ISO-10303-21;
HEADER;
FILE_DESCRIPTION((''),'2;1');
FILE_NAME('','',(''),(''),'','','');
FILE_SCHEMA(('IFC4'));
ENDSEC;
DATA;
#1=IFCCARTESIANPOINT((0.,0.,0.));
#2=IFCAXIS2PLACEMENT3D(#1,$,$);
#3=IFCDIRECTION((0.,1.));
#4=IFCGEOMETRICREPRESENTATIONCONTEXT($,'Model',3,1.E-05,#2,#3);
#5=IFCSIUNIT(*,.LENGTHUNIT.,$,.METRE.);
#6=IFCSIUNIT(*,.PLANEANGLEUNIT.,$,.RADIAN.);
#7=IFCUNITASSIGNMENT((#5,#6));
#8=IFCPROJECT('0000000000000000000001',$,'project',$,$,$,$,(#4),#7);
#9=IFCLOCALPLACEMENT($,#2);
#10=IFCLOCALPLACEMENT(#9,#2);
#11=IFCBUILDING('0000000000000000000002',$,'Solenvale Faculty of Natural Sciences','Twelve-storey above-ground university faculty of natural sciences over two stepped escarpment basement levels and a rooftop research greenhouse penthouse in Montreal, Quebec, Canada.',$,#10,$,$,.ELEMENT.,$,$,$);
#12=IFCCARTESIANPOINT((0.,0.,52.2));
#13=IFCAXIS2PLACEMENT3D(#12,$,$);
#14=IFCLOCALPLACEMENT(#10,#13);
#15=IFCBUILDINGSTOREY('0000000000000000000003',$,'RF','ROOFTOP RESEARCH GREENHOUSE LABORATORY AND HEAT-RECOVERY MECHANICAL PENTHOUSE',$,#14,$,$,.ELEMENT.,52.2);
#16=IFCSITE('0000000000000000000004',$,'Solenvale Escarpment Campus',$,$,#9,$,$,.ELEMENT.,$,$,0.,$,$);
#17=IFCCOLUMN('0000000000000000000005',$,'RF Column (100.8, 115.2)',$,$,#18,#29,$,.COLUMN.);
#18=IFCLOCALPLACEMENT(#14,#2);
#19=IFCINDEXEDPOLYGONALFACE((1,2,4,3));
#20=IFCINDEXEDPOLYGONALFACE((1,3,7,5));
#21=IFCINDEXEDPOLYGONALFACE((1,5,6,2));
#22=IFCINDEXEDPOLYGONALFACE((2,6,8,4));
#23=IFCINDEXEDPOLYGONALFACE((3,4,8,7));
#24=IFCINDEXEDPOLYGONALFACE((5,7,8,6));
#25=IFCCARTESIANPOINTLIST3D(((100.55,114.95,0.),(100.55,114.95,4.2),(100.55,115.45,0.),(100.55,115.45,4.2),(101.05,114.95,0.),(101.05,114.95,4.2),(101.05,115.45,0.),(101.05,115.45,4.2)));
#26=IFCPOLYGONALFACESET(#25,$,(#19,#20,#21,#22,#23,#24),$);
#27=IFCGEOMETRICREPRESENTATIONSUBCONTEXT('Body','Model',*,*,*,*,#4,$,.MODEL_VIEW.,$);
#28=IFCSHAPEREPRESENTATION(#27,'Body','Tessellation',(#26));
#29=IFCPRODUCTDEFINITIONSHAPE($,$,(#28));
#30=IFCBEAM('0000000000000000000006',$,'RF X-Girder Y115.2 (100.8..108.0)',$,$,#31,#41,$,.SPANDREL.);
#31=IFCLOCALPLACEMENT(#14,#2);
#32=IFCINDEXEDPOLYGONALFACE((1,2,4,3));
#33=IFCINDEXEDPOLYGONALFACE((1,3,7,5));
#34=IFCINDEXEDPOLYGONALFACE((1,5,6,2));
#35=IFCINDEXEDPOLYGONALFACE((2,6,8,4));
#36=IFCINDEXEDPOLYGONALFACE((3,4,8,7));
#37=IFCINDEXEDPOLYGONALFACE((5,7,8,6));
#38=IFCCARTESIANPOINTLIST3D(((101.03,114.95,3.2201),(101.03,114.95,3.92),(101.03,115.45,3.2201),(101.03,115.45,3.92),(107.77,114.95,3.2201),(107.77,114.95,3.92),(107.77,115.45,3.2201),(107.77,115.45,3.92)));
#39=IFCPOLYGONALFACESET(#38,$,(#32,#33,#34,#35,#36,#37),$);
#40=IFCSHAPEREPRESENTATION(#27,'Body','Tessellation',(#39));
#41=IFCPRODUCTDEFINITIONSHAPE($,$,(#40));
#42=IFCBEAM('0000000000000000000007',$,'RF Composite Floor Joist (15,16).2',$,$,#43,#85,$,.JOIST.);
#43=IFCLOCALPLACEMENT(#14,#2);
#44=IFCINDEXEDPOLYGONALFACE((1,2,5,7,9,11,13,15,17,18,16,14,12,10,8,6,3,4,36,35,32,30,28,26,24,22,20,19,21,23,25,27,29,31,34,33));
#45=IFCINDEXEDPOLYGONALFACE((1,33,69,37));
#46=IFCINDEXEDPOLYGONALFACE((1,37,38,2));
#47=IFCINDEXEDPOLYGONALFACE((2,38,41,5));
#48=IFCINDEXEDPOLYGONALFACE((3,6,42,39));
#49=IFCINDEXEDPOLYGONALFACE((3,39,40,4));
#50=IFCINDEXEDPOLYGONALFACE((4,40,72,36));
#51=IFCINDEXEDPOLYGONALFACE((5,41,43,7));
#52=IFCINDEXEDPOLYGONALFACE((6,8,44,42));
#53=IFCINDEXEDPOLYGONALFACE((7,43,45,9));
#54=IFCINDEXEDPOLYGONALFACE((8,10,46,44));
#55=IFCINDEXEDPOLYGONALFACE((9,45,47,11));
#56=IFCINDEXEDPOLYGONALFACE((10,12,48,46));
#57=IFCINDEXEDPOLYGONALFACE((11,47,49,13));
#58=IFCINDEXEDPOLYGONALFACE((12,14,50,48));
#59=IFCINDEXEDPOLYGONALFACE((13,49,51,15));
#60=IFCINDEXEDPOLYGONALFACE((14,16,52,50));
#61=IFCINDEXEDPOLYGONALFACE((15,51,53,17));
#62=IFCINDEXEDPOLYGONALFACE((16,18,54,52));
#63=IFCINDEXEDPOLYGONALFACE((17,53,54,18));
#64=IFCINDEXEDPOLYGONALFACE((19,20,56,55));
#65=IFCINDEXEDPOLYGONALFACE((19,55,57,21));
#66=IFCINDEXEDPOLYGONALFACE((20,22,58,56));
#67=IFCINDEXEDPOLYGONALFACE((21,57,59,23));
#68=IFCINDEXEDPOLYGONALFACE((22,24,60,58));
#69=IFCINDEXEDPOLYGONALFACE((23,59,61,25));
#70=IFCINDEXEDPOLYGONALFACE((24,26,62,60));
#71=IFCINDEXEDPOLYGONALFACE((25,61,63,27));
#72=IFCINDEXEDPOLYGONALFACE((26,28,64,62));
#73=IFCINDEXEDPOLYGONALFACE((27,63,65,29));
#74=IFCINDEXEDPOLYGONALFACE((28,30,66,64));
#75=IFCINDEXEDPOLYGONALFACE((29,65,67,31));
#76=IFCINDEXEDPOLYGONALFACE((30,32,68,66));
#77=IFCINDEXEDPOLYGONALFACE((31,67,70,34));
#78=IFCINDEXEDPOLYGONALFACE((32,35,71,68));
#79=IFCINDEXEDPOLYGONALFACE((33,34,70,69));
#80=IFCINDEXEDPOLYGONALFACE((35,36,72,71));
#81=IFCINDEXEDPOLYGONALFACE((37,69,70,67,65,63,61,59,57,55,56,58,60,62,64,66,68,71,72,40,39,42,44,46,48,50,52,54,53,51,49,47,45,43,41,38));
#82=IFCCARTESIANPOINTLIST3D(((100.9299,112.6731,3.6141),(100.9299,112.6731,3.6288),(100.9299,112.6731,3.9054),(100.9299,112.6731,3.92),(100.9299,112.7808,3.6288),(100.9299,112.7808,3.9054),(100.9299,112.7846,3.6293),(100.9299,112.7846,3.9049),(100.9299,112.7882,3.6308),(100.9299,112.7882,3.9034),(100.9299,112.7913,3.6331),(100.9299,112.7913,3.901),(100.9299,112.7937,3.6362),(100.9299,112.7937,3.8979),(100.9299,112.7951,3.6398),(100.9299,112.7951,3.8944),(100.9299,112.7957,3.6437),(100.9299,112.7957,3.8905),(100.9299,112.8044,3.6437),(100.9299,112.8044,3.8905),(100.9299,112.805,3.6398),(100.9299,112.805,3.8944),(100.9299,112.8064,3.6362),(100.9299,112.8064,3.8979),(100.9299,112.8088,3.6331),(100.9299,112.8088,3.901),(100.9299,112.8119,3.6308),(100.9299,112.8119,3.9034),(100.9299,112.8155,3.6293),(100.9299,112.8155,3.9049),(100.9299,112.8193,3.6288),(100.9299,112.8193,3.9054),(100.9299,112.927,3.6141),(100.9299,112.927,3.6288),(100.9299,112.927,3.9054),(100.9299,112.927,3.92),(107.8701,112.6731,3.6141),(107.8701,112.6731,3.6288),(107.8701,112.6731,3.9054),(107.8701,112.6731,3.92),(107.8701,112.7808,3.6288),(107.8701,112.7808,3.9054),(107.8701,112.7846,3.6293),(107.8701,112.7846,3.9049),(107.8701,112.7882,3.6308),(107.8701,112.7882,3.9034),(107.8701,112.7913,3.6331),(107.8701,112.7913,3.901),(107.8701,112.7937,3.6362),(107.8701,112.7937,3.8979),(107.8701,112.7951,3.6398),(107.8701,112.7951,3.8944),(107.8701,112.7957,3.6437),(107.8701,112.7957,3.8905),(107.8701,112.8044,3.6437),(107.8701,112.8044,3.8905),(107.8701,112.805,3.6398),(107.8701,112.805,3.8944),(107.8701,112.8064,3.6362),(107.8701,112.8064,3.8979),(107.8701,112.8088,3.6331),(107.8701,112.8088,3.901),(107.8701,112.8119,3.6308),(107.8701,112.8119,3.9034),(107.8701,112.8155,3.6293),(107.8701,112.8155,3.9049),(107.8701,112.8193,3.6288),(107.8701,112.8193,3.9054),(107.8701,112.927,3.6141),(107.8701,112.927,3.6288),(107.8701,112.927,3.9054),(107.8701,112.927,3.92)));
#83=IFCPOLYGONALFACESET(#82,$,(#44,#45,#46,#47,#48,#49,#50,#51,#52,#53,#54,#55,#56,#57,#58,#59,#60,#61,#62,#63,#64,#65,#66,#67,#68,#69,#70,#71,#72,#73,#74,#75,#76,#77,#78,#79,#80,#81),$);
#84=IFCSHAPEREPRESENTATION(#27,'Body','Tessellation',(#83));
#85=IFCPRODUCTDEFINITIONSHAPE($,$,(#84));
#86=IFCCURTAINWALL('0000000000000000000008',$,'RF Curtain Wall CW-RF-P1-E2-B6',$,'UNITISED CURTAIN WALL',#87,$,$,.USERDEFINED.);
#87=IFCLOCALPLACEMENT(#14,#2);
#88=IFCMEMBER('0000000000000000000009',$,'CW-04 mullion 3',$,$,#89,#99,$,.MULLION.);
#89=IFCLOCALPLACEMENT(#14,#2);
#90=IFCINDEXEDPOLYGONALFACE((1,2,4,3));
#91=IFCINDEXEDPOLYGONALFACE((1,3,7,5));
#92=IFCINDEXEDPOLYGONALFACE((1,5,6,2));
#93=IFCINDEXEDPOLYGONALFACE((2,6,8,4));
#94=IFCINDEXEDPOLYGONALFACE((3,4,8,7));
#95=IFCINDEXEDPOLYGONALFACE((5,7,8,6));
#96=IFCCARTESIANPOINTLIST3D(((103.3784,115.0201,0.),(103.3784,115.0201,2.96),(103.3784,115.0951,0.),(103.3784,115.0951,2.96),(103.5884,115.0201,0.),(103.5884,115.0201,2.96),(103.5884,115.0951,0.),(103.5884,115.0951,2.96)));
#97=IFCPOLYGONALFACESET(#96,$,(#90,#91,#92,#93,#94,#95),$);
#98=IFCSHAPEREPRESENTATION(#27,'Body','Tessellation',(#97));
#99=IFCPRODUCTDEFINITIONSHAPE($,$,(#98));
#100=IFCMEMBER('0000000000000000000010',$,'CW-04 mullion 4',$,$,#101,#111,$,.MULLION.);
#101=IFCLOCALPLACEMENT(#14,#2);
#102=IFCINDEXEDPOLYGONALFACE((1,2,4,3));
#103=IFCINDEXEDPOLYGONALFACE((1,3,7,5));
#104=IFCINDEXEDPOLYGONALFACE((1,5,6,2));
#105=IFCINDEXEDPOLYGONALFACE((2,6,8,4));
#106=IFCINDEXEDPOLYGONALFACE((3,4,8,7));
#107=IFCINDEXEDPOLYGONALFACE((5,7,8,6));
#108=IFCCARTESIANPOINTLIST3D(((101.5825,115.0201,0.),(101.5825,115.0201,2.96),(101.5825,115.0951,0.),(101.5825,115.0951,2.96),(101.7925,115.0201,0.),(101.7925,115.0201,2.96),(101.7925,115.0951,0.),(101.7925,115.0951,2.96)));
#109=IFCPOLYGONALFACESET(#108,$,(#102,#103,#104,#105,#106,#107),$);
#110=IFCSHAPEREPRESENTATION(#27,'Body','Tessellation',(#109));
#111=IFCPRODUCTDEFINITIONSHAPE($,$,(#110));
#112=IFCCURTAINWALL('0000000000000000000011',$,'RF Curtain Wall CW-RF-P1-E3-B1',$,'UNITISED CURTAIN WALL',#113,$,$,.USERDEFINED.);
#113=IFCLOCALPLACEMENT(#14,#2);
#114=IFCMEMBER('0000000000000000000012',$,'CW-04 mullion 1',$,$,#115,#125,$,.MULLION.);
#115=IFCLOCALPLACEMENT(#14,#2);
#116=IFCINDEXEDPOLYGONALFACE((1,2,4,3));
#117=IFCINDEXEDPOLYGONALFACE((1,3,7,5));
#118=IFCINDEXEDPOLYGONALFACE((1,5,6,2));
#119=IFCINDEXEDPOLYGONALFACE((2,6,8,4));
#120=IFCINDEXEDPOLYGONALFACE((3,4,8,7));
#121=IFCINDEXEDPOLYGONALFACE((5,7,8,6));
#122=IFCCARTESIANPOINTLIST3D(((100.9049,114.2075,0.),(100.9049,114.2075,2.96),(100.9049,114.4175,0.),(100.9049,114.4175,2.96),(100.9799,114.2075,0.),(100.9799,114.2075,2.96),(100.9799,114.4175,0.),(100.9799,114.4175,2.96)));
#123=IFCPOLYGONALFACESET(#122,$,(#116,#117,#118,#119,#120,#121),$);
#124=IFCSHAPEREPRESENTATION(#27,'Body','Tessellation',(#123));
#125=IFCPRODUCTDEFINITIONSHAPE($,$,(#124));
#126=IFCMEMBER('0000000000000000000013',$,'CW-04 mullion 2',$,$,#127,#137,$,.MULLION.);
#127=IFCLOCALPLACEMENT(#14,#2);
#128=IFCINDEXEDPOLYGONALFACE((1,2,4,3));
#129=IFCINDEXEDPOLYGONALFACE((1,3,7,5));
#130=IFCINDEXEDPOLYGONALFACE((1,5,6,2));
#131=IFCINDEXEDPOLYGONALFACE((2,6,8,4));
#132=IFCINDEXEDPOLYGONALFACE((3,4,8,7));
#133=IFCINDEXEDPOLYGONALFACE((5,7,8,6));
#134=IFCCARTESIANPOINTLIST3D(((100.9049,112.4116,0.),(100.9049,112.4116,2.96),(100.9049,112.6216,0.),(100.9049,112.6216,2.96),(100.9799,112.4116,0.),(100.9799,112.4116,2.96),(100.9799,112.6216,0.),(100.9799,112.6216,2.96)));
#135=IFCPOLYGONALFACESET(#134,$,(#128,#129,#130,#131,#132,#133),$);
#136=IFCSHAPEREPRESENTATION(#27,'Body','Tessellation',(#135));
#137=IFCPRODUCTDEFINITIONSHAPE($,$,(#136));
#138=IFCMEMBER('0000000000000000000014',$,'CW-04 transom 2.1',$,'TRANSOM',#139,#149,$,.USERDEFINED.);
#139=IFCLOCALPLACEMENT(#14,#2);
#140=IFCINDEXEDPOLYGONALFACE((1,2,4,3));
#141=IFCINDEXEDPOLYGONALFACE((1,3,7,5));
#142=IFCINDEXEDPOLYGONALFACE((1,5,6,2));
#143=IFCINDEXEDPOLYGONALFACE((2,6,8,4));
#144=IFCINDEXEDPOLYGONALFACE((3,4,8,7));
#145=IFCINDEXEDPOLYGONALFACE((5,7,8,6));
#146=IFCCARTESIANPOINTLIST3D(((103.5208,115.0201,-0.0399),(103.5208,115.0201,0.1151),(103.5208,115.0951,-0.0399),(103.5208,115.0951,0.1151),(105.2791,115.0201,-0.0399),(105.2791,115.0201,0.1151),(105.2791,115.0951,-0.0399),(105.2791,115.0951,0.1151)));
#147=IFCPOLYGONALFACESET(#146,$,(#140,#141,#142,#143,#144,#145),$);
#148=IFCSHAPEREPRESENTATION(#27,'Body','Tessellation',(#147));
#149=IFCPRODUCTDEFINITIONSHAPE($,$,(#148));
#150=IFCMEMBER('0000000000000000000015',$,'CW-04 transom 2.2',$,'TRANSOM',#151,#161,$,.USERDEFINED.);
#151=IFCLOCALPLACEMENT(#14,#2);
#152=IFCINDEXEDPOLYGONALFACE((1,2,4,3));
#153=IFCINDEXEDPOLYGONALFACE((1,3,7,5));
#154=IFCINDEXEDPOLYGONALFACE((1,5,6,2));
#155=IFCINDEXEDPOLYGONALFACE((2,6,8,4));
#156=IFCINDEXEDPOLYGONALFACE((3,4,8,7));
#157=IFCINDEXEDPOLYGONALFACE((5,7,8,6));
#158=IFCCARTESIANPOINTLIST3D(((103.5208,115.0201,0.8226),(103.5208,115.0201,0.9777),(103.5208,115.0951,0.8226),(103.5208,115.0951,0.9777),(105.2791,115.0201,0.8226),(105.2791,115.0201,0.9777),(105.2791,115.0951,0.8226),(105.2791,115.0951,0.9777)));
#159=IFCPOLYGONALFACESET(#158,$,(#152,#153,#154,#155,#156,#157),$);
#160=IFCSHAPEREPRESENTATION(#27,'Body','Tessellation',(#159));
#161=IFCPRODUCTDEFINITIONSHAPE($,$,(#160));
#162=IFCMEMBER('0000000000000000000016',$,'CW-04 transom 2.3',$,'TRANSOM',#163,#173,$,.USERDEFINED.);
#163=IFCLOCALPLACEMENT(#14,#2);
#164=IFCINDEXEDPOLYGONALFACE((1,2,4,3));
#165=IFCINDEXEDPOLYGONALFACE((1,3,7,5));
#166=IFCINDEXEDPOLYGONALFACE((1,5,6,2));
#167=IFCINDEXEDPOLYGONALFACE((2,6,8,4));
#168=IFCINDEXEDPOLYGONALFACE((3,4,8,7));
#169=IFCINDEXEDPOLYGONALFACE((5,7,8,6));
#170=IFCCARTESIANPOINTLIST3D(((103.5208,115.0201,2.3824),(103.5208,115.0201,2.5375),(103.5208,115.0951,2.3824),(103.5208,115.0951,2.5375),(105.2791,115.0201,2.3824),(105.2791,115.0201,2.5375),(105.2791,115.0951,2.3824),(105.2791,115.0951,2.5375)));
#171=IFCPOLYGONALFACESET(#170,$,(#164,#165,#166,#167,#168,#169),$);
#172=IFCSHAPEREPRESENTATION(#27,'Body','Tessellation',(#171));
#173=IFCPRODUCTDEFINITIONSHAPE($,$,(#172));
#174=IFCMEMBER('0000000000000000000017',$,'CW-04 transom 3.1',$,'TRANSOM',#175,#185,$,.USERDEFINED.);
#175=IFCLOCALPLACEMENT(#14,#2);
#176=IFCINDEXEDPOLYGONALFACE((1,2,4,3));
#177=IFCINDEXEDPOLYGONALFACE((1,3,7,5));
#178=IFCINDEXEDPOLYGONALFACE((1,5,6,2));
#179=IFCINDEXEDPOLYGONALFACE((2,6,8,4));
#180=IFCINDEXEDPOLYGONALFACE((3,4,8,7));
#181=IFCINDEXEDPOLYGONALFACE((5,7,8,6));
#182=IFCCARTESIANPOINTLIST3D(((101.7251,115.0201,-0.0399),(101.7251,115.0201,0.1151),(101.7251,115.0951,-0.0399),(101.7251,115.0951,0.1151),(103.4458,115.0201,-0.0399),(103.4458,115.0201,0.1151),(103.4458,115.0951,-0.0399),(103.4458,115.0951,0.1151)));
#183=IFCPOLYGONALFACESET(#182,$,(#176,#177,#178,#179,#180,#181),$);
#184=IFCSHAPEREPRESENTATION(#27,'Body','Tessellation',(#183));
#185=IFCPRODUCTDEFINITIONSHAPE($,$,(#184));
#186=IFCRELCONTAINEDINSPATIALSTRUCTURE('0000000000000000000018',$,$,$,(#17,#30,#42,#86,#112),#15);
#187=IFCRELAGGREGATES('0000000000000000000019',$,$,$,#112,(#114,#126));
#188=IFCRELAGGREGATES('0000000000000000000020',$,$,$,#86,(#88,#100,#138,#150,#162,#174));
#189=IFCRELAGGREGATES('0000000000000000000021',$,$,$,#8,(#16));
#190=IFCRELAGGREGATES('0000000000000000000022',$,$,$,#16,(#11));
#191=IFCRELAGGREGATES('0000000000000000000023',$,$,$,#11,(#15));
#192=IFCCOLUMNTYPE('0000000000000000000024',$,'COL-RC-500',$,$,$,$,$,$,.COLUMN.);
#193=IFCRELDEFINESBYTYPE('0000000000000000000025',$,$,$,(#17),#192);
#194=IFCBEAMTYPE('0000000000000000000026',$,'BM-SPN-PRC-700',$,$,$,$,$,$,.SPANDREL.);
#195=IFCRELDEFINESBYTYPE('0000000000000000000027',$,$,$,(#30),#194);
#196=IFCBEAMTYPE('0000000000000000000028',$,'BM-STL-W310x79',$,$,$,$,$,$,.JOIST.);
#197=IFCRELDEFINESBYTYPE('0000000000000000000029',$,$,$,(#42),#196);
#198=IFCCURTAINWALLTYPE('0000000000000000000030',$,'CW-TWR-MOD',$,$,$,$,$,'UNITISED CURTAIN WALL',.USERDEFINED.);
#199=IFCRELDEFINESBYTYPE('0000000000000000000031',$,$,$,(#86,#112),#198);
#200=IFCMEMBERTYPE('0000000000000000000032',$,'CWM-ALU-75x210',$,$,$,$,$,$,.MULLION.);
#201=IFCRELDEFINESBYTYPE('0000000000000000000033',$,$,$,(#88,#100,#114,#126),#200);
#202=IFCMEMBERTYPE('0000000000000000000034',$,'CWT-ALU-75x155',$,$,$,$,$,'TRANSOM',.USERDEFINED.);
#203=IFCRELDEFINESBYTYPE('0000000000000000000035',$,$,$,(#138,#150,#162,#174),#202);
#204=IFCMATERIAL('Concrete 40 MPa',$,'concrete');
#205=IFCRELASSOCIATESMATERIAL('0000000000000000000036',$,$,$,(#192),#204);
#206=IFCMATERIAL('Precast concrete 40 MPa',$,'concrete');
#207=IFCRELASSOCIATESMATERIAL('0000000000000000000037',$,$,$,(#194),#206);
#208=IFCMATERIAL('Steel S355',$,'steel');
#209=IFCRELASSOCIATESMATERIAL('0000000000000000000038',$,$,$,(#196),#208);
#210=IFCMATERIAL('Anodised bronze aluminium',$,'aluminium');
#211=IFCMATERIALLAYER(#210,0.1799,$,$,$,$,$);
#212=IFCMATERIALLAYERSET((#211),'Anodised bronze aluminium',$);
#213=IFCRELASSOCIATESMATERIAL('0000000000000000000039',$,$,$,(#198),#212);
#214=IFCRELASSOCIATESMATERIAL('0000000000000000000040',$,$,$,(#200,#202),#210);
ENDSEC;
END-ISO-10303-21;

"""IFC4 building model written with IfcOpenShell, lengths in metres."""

from ifc_helpers import new_model, si_unit, direction, frame, origin, origin_2d, place, context, subcontext, project, spatial, rectangle, i_section, extrude, material, layer, layer_set, material_profile, profile_set, type_object, element, aggregate, save


model = new_model("IFC4")

# Units and contexts
model_context = context("Model", 3, precision=1e-05, world=origin(), true_north=direction((0.0, 1.0)))
body_context = subcontext(model_context, "Body", "Model", "MODEL_VIEW")
ifc_project = project(units=[si_unit("LENGTHUNIT", "METRE"), si_unit("PLANEANGLEUNIT", "RADIAN")], contexts=[model_context])

# Site, building, storey
site_placement = place(None, origin())
site = spatial("IfcSite", under=ifc_project, at=site_placement, Name="Solenvale Escarpment Campus", CompositionType="ELEMENT", RefElevation=0.0)
building_placement = place(site_placement, origin())
building = spatial("IfcBuilding", under=site, at=building_placement, Name="Solenvale Faculty of Natural Sciences", Description="Twelve-storey above-ground university faculty of natural sciences over two stepped escarpment basement levels and a rooftop research greenhouse penthouse in Montreal, Quebec, Canada.", CompositionType="ELEMENT")
storey_placement = place(building_placement, frame((0.0, 0.0, 52.2)))
storey = spatial("IfcBuildingStorey", under=building, at=storey_placement, Name="RF", Description="ROOFTOP RESEARCH GREENHOUSE LABORATORY AND HEAT-RECOVERY MECHANICAL PENTHOUSE", CompositionType="ELEMENT", Elevation=52.2)

# Column
ifc_material_1 = material(Name="Concrete 40 MPa", Category="concrete")
ifc_material_profile_1 = material_profile(ifc_material_1, rectangle(XDim=0.5, YDim=0.5, at=origin_2d()), Name="RC-COL-500x500")
ifc_profile_set_1 = profile_set([ifc_material_profile_1], Name="Concrete 40 MPa")
column_type = type_object("IfcColumnType", Name="COL-RC-500", PredefinedType="COLUMN", material=ifc_profile_set_1)
column_placement = place(storey_placement, frame((100.8, 115.2, 0.0), z_axis=(0.0, 0.0, 1.0), x_axis=(1.0, 0.0, 0.0)))
element("IfcColumn", 1, at=column_placement, inside=storey, type_object=column_type, Name="RF Column (100.8, 115.2)", PredefinedType="COLUMN", context=body_context, shape_type="SweptSolid", body=[
    extrude(rectangle(XDim=0.5, YDim=0.5, at=origin_2d()), origin(), (0.0, 0.0, 1.0), 4.2),
])

# Beams
ifc_material_2 = material(Name="Precast concrete 40 MPa", Category="concrete")
ifc_material_profile_2 = material_profile(ifc_material_2, rectangle(XDim=0.5, YDim=0.7, at=origin_2d()), Name="RC-BM-500x700")
ifc_profile_set_2 = profile_set([ifc_material_profile_2], Name="Precast concrete 40 MPa")
beam_type_1 = type_object("IfcBeamType", Name="BM-SPN-PRC-700", PredefinedType="SPANDREL", material=ifc_profile_set_2)
beam_1_placement = place(storey_placement, frame((101.03, 115.2, 3.5701), z_axis=(1.0, 0.0, 0.0), x_axis=(0.0, 1.0, 0.0)))
element("IfcBeam", 2, at=beam_1_placement, inside=storey, type_object=beam_type_1, Name="RF X-Girder Y115.2 (100.8..108.0)", PredefinedType="SPANDREL", context=body_context, shape_type="SweptSolid", body=[
    extrude(rectangle(XDim=0.5, YDim=0.7, at=origin_2d()), origin(), (0.0, 0.0, 1.0), 6.74),
])
ifc_material_3 = material(Name="Steel S355", Category="steel")
ifc_material_profile_3 = material_profile(ifc_material_3, i_section(OverallWidth=0.2539, OverallDepth=0.3059, WebThickness=0.0088, FlangeThickness=0.0146, FilletRadius=0.0149, at=origin_2d()), Name="W310x79")
ifc_profile_set_3 = profile_set([ifc_material_profile_3], Name="Steel S355")
beam_type_2 = type_object("IfcBeamType", Name="BM-STL-W310x79", PredefinedType="JOIST", material=ifc_profile_set_3)
beam_2_placement = place(storey_placement, frame((100.9299, 112.8, 3.7671), z_axis=(1.0, 0.0, 0.0), x_axis=(0.0, 1.0, 0.0)))
element("IfcBeam", 3, at=beam_2_placement, inside=storey, type_object=beam_type_2, Name="RF Composite Floor Joist (15,16).2", PredefinedType="JOIST", context=body_context, shape_type="SweptSolid", body=[
    extrude(i_section(OverallWidth=0.2539, OverallDepth=0.3059, WebThickness=0.0088, FlangeThickness=0.0146, FilletRadius=0.0149, at=origin_2d()), origin(), (0.0, 0.0, 1.0), 6.9402),
])

# Curtain walls, members
ifc_material_4 = material(Name="Anodised bronze aluminium", Category="aluminium")
ifc_layer_1 = layer(ifc_material_4, 0.1799)
ifc_layer_set_1 = layer_set([ifc_layer_1], Name="Anodised bronze aluminium")
curtain_wall_type = type_object("IfcCurtainWallType", Name="CW-TWR-MOD", ElementType="UNITISED CURTAIN WALL", PredefinedType="USERDEFINED", material=ifc_layer_set_1)
curtain_wall_1_placement = place(storey_placement, origin())
curtain_wall_1 = element("IfcCurtainWall", 4, at=curtain_wall_1_placement, inside=storey, type_object=curtain_wall_type, Name="RF Curtain Wall CW-RF-P1-E2-B6", ObjectType="UNITISED CURTAIN WALL", PredefinedType="USERDEFINED")
ifc_material_profile_4 = material_profile(ifc_material_4, rectangle(XDim=0.075, YDim=0.21, at=origin_2d()), Name="ALU-MUL-75x210")
ifc_profile_set_4 = profile_set([ifc_material_profile_4], Name="Anodised bronze aluminium")
member_type_1 = type_object("IfcMemberType", Name="CWM-ALU-75x210", PredefinedType="MULLION", material=ifc_profile_set_4)
member_1_placement = place(storey_placement, frame((103.4834, 115.0576, 0.0), z_axis=(0.0, 0.0, 1.0), x_axis=(0.0, -1.0, 0.0)))
member_1 = element("IfcMember", 5, at=member_1_placement, type_object=member_type_1, Name="CW-04 mullion 3", PredefinedType="MULLION", context=body_context, shape_type="SweptSolid", body=[
    extrude(rectangle(XDim=0.075, YDim=0.21, at=origin_2d()), origin(), (0.0, 0.0, 1.0), 2.96),
])
member_2_placement = place(storey_placement, frame((101.6875, 115.0576, 0.0), z_axis=(0.0, 0.0, 1.0), x_axis=(0.0, -1.0, 0.0)))
member_2 = element("IfcMember", 6, at=member_2_placement, type_object=member_type_1, Name="CW-04 mullion 4", PredefinedType="MULLION", context=body_context, shape_type="SweptSolid", body=[
    extrude(rectangle(XDim=0.075, YDim=0.21, at=origin_2d()), origin(), (0.0, 0.0, 1.0), 2.96),
])
curtain_wall_2_placement = place(storey_placement, origin())
curtain_wall_2 = element("IfcCurtainWall", 7, at=curtain_wall_2_placement, inside=storey, type_object=curtain_wall_type, Name="RF Curtain Wall CW-RF-P1-E3-B1", ObjectType="UNITISED CURTAIN WALL", PredefinedType="USERDEFINED")
member_3_placement = place(storey_placement, frame((100.9424, 114.3125, 0.0), z_axis=(0.0, 0.0, 1.0), x_axis=(1.0, 0.0, 0.0)))
member_3 = element("IfcMember", 8, at=member_3_placement, type_object=member_type_1, Name="CW-04 mullion 1", PredefinedType="MULLION", context=body_context, shape_type="SweptSolid", body=[
    extrude(rectangle(XDim=0.075, YDim=0.21, at=origin_2d()), origin(), (0.0, 0.0, 1.0), 2.96),
])
member_4_placement = place(storey_placement, frame((100.9424, 112.5166, 0.0), z_axis=(0.0, 0.0, 1.0), x_axis=(1.0, 0.0, 0.0)))
member_4 = element("IfcMember", 9, at=member_4_placement, type_object=member_type_1, Name="CW-04 mullion 2", PredefinedType="MULLION", context=body_context, shape_type="SweptSolid", body=[
    extrude(rectangle(XDim=0.075, YDim=0.21, at=origin_2d()), origin(), (0.0, 0.0, 1.0), 2.96),
])

# Members
ifc_material_profile_5 = material_profile(ifc_material_4, rectangle(XDim=0.075, YDim=0.155, at=origin_2d()), Name="ALU-TRN-75x155")
ifc_profile_set_5 = profile_set([ifc_material_profile_5], Name="Anodised bronze aluminium")
member_type_2 = type_object("IfcMemberType", Name="CWT-ALU-75x155", ElementType="TRANSOM", PredefinedType="USERDEFINED", material=ifc_profile_set_5)
member_5_placement = place(storey_placement, frame((105.2791, 115.0576, 0.0376), z_axis=(-1.0, 0.0, 0.0), x_axis=(0.0, -1.0, 0.0)))
member_5 = element("IfcMember", 10, at=member_5_placement, type_object=member_type_2, Name="CW-04 transom 2.1", ObjectType="TRANSOM", PredefinedType="USERDEFINED", context=body_context, shape_type="SweptSolid", body=[
    extrude(rectangle(XDim=0.075, YDim=0.155, at=origin_2d()), origin(), (0.0, 0.0, 1.0), 1.7583),
])
member_6_placement = place(storey_placement, frame((105.2791, 115.0576, 0.9001), z_axis=(-1.0, 0.0, 0.0), x_axis=(0.0, -1.0, 0.0)))
member_6 = element("IfcMember", 11, at=member_6_placement, type_object=member_type_2, Name="CW-04 transom 2.2", ObjectType="TRANSOM", PredefinedType="USERDEFINED", context=body_context, shape_type="SweptSolid", body=[
    extrude(rectangle(XDim=0.075, YDim=0.155, at=origin_2d()), origin(), (0.0, 0.0, 1.0), 1.7583),
])
member_7_placement = place(storey_placement, frame((105.2791, 115.0576, 2.46), z_axis=(-1.0, 0.0, 0.0), x_axis=(0.0, -1.0, 0.0)))
member_7 = element("IfcMember", 12, at=member_7_placement, type_object=member_type_2, Name="CW-04 transom 2.3", ObjectType="TRANSOM", PredefinedType="USERDEFINED", context=body_context, shape_type="SweptSolid", body=[
    extrude(rectangle(XDim=0.075, YDim=0.155, at=origin_2d()), origin(), (0.0, 0.0, 1.0), 1.7583),
])
member_8_placement = place(storey_placement, frame((103.4458, 115.0576, 0.0376), z_axis=(-1.0, 0.0, 0.0), x_axis=(0.0, -1.0, 0.0)))
member_8 = element("IfcMember", 13, at=member_8_placement, type_object=member_type_2, Name="CW-04 transom 3.1", ObjectType="TRANSOM", PredefinedType="USERDEFINED", context=body_context, shape_type="SweptSolid", body=[
    extrude(rectangle(XDim=0.075, YDim=0.155, at=origin_2d()), origin(), (0.0, 0.0, 1.0), 1.7207),
])

aggregate(curtain_wall_2, [member_3, member_4])
aggregate(curtain_wall_1, [member_1, member_2, member_5, member_6, member_7, member_8])

save(model, "model.ifc")
